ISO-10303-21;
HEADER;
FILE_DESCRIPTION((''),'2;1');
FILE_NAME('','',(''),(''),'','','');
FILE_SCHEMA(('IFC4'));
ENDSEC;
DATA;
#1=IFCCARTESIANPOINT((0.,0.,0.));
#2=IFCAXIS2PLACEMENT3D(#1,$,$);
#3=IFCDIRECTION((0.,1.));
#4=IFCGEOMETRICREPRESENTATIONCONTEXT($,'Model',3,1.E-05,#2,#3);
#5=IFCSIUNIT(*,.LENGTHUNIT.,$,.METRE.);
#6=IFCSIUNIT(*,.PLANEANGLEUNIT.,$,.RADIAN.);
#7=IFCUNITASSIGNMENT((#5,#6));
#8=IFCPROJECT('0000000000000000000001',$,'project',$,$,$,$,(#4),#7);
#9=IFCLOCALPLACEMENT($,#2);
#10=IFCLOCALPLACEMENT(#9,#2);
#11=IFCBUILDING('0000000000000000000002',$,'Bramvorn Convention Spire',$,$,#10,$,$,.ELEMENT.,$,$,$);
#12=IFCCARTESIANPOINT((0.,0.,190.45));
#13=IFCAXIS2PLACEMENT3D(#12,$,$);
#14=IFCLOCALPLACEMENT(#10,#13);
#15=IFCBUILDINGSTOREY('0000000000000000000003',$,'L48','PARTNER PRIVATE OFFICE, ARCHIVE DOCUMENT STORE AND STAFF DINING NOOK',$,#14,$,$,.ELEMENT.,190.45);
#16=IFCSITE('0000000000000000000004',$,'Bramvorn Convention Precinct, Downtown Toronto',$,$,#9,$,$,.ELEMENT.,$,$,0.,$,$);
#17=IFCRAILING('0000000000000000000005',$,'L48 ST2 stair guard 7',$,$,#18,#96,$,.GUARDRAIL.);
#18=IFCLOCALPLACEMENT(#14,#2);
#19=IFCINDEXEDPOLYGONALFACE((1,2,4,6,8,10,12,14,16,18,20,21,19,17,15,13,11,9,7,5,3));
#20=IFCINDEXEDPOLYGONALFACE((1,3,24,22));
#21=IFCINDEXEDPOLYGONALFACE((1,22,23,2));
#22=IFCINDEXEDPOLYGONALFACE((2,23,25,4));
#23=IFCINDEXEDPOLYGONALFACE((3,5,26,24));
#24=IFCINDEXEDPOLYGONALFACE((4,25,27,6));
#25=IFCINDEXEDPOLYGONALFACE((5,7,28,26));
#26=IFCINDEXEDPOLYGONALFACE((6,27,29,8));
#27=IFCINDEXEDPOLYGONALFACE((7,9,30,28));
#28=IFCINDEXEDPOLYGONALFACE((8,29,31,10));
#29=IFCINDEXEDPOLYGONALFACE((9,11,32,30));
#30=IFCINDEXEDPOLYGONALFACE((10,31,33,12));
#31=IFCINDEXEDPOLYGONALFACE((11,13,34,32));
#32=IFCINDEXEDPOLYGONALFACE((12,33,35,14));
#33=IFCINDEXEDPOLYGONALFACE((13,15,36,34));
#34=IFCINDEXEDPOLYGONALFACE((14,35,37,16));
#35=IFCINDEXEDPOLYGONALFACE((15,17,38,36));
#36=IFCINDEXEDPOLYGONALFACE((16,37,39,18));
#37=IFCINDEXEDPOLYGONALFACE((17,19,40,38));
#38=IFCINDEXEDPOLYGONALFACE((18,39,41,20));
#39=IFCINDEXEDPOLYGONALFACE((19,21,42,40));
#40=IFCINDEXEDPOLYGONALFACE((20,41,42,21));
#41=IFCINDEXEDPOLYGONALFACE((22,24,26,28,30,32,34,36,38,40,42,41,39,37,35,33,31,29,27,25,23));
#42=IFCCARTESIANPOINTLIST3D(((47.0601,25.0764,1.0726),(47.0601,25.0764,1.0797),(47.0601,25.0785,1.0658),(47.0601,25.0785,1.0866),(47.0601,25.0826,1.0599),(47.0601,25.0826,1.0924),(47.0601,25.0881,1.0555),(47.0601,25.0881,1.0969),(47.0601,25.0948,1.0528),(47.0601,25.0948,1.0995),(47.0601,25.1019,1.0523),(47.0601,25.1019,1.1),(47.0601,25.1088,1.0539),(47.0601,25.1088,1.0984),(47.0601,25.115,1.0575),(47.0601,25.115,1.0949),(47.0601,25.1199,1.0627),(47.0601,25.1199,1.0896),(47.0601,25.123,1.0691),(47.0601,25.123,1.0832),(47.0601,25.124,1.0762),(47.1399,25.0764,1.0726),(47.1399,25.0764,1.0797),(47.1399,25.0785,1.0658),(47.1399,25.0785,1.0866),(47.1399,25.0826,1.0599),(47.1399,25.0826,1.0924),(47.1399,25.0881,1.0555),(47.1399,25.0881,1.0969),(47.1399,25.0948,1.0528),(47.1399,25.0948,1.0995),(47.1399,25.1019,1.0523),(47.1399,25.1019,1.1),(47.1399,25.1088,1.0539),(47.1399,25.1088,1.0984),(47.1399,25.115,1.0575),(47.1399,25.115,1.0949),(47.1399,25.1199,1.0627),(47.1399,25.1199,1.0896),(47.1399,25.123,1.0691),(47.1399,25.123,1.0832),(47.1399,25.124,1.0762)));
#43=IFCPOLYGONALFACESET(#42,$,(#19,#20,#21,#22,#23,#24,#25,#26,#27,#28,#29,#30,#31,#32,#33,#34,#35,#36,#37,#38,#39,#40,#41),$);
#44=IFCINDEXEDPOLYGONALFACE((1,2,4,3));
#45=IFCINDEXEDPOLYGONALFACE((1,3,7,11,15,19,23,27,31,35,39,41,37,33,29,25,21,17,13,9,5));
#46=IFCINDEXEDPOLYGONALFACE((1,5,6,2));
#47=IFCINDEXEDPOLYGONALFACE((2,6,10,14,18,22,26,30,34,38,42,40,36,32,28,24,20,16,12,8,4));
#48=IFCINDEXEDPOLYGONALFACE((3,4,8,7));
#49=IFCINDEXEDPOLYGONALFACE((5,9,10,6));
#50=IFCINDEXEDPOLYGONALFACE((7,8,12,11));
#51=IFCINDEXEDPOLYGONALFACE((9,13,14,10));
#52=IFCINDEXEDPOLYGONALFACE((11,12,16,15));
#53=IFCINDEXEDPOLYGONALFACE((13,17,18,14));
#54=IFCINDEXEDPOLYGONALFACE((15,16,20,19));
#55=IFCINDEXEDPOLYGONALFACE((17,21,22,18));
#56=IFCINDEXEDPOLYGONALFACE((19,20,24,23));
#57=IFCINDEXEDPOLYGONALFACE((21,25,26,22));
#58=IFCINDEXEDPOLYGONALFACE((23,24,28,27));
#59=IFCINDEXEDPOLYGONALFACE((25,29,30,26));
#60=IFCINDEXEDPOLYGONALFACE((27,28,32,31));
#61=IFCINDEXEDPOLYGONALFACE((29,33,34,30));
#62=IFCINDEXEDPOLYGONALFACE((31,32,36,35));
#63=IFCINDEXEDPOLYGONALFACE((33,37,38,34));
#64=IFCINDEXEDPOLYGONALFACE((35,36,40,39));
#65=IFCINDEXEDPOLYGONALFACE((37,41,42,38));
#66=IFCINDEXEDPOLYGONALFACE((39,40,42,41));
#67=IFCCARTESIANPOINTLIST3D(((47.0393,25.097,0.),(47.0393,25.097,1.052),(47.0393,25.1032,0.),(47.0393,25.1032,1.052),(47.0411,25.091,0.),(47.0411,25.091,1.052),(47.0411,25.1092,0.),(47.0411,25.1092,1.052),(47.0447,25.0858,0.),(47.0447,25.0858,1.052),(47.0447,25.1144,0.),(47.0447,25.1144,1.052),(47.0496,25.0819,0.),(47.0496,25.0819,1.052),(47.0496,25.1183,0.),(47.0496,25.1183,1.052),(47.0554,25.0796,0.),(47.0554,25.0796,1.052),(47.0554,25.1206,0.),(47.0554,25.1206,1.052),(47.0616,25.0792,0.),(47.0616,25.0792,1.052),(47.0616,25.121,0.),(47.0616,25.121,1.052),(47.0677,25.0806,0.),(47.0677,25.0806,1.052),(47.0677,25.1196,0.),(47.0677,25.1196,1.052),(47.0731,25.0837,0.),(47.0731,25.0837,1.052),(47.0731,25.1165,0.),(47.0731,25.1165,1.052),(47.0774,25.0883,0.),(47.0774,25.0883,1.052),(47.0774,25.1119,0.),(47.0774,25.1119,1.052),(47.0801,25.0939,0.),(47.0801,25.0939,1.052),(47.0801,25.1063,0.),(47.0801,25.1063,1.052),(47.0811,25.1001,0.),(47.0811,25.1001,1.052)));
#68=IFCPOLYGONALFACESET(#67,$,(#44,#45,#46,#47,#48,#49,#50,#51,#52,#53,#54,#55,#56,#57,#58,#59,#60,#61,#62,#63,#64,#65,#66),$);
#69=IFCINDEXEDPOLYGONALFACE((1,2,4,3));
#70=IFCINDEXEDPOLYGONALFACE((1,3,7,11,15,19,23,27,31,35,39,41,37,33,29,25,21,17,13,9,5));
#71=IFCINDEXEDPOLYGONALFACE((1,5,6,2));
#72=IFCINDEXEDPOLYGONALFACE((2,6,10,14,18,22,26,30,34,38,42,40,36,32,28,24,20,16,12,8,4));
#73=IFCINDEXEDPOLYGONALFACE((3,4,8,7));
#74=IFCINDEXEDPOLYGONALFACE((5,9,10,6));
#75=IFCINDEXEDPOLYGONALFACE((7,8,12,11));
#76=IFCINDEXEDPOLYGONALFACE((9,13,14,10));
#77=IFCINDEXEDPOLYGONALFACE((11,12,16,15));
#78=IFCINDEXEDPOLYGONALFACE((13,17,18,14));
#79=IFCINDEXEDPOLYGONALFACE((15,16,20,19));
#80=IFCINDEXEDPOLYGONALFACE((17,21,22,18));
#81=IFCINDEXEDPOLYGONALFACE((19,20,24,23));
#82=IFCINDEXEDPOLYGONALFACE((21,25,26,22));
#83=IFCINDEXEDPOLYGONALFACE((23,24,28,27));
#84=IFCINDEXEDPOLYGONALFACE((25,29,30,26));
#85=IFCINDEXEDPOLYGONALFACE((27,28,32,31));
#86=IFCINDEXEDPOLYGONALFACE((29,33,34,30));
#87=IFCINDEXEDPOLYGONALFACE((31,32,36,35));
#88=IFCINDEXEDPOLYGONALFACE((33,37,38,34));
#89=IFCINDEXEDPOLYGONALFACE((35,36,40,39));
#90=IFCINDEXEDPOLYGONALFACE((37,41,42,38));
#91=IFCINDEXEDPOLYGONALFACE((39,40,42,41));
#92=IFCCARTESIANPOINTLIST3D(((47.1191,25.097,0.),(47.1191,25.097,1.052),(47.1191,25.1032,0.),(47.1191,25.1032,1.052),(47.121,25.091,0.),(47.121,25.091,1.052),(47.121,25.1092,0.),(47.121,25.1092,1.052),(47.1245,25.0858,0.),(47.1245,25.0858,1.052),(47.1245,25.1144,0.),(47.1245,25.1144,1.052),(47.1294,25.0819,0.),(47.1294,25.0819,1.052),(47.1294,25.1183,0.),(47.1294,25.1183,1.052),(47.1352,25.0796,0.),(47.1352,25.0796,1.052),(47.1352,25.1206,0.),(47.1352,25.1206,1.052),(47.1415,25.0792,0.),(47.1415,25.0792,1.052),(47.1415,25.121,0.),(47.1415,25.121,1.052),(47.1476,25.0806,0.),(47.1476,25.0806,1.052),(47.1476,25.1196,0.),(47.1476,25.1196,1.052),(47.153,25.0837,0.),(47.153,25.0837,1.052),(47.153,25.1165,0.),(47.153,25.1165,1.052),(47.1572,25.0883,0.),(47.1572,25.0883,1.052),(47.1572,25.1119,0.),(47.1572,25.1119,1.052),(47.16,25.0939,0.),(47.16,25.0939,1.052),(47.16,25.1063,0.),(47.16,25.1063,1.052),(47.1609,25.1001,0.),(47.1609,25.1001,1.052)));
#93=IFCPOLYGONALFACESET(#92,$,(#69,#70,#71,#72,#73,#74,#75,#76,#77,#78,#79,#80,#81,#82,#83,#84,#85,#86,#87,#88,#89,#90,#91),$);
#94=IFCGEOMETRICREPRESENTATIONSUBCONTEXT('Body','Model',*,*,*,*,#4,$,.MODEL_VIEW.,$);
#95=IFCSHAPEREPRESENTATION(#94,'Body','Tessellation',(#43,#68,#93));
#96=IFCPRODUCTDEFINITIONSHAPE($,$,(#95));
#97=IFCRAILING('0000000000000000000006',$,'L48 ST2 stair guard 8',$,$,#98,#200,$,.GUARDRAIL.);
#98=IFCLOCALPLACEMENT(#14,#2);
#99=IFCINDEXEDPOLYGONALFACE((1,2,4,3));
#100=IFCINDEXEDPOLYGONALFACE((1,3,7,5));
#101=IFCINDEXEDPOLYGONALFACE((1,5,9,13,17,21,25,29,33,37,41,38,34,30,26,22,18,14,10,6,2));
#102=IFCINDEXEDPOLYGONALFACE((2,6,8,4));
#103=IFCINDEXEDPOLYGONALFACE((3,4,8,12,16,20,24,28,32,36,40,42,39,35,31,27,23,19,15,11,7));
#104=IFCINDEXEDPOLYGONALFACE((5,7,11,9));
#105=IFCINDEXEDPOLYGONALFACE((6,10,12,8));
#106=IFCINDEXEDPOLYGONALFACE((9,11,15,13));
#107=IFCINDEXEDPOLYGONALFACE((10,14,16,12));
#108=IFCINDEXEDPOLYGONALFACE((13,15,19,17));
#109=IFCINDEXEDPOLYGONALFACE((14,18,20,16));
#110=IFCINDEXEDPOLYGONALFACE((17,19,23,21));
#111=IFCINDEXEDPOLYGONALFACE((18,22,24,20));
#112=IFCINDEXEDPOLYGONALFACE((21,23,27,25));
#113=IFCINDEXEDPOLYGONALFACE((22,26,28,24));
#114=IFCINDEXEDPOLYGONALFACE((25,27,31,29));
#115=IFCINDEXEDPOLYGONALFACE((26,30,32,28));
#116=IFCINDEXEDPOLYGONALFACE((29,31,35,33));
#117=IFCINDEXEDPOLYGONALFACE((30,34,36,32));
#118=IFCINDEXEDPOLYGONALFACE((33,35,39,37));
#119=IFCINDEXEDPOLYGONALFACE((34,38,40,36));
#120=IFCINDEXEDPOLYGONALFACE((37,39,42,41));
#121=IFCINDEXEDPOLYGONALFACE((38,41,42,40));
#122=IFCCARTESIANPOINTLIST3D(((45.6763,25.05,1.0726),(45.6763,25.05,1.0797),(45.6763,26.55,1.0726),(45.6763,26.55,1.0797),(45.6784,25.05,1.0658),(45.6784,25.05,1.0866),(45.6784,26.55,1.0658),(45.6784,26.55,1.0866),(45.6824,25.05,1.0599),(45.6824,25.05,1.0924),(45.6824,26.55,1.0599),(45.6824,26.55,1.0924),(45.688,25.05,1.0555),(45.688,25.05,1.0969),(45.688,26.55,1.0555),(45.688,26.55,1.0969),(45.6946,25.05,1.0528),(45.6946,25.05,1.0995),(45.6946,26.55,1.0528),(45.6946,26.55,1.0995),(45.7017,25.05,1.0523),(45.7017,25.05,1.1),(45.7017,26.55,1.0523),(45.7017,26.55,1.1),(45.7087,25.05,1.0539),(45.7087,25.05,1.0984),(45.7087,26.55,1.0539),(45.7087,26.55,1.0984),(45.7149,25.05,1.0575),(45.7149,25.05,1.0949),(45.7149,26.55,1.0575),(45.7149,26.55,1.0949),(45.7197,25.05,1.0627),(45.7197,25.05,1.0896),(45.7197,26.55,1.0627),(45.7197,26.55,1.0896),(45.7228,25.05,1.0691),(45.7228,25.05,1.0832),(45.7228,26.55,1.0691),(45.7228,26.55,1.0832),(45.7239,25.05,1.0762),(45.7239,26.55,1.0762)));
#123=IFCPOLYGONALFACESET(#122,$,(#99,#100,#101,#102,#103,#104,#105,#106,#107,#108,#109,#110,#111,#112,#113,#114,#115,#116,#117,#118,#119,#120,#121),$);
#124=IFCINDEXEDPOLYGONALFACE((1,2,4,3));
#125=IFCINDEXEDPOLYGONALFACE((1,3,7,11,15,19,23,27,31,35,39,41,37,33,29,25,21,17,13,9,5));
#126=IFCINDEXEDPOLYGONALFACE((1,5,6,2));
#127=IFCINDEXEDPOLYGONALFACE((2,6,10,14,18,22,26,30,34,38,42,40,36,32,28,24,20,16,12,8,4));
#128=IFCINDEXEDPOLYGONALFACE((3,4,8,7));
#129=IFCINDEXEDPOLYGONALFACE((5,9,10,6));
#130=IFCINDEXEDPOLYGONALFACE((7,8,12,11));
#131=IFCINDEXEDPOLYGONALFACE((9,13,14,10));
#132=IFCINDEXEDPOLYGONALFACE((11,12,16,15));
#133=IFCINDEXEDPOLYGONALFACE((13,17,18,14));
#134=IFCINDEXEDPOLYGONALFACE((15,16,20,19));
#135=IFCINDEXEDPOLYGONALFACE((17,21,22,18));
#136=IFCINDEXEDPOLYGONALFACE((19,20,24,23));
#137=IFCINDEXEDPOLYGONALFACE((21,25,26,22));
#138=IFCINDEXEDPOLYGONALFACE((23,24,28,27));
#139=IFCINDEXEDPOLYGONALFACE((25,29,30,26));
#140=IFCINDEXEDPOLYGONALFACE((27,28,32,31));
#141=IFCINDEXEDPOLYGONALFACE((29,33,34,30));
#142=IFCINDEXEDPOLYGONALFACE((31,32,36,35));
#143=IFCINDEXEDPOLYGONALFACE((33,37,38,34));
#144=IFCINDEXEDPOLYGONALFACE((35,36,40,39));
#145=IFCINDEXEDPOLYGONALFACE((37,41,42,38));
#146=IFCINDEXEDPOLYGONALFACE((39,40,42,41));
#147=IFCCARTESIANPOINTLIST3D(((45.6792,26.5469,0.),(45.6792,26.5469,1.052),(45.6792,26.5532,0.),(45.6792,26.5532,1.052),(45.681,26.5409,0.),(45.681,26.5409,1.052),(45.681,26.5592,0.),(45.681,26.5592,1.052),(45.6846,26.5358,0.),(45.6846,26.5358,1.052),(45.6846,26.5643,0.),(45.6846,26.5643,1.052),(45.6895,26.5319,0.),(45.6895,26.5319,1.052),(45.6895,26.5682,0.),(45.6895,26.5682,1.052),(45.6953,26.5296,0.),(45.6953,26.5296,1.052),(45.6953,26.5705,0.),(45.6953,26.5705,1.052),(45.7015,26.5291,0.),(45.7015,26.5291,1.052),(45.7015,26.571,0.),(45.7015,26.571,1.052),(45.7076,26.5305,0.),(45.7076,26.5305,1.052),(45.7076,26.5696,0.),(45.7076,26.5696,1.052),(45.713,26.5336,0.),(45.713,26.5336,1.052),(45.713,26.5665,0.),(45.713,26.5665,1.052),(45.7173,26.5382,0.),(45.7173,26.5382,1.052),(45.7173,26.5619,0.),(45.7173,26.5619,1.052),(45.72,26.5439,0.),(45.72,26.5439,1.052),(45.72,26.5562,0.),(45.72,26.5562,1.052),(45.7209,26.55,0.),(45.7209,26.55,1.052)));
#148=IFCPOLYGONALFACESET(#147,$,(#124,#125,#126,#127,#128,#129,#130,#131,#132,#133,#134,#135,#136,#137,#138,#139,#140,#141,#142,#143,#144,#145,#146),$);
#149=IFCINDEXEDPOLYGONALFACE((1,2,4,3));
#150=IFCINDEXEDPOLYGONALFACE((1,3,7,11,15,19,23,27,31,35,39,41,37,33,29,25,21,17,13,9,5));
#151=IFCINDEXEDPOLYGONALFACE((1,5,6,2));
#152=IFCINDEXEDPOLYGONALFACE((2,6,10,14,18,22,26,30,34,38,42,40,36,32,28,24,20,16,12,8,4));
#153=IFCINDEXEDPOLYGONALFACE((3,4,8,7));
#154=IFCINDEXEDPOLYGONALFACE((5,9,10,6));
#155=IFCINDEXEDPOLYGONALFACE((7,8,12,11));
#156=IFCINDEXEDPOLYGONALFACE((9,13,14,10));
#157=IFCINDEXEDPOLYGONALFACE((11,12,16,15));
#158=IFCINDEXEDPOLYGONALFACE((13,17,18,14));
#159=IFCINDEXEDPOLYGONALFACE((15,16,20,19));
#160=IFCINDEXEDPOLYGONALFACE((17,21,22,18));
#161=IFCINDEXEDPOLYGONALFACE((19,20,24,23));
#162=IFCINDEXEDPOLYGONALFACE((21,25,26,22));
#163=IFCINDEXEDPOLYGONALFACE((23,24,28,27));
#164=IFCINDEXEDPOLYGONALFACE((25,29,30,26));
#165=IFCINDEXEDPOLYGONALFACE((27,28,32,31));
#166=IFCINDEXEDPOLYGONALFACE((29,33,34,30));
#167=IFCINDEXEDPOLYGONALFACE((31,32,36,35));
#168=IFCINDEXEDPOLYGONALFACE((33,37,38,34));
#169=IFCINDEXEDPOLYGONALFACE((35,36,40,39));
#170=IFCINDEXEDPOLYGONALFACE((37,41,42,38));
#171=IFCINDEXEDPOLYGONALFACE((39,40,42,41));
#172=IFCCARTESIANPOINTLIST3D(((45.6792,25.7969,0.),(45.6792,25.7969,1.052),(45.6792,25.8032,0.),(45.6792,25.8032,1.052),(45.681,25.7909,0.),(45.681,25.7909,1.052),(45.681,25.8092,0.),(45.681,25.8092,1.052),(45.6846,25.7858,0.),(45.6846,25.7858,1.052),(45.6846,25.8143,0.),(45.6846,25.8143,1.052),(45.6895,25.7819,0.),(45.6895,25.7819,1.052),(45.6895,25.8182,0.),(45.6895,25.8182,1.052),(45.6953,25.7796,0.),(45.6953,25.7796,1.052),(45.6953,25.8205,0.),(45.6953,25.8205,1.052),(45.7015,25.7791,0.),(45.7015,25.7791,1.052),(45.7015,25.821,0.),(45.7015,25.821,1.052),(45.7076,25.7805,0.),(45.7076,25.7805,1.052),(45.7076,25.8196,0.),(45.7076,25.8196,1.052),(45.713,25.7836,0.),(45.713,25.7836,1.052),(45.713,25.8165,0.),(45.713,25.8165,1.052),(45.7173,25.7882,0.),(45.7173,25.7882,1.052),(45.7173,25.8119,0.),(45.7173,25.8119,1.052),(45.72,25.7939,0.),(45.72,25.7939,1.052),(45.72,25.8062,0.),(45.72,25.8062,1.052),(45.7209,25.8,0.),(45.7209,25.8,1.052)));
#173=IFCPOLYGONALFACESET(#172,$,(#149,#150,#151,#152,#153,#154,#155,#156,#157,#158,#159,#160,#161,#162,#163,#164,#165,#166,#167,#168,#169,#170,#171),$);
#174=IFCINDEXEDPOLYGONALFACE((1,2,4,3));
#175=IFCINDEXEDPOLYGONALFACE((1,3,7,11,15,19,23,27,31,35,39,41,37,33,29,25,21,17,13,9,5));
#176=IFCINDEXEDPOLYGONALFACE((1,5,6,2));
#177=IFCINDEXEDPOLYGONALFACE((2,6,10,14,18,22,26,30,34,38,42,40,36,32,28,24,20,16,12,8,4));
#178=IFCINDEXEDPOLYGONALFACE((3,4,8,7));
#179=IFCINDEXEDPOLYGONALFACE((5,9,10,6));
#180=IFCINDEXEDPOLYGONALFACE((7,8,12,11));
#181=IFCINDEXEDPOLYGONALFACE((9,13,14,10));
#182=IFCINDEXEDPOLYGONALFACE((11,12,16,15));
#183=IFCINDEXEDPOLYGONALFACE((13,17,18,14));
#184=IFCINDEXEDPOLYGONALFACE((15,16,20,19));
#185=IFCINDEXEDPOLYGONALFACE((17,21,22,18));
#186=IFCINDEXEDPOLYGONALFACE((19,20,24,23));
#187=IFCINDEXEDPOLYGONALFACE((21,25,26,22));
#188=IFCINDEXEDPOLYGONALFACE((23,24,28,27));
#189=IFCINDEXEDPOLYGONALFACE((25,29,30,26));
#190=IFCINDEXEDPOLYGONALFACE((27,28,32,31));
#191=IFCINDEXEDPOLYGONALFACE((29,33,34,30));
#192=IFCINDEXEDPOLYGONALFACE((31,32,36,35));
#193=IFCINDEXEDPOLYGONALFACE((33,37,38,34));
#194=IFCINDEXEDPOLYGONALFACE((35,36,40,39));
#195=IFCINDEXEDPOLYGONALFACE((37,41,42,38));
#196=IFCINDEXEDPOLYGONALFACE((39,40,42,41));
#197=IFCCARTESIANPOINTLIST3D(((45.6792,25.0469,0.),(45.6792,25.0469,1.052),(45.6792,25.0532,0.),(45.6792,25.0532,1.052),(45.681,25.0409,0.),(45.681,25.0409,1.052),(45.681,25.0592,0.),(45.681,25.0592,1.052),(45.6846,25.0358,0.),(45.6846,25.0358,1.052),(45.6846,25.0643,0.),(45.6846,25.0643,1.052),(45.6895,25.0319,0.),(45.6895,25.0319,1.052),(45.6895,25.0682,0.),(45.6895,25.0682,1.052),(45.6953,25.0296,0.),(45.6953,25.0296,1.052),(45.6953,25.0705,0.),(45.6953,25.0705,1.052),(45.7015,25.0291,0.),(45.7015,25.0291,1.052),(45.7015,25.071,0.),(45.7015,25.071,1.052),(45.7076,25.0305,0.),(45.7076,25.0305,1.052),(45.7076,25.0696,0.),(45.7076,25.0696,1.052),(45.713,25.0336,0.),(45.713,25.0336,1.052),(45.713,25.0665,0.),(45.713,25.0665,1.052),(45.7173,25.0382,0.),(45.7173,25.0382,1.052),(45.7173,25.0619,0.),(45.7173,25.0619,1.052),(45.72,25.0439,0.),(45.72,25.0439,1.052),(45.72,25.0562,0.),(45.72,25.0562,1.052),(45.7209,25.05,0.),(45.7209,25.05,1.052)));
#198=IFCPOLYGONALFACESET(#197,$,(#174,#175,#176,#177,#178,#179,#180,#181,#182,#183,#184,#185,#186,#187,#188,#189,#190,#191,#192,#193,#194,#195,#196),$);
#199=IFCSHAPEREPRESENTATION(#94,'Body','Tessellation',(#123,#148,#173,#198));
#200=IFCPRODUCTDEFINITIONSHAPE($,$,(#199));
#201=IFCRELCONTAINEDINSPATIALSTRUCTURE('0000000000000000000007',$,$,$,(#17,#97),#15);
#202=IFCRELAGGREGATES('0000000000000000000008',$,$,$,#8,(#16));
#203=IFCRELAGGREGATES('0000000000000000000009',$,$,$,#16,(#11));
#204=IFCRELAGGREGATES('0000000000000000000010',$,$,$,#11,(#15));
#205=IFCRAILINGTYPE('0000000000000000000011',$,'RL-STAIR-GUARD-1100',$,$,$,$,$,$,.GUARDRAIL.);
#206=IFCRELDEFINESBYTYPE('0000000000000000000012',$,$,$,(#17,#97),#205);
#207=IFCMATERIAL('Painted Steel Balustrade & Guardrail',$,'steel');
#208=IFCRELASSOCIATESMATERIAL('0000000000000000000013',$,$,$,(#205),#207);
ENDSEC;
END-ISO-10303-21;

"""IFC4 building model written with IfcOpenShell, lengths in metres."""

from ifc_helpers import new_model, si_unit, direction, frame, origin, origin_2d, place, context, subcontext, project, spatial, circle, extrude, material, type_object, element, save


model = new_model("IFC4")

# Units and contexts
model_context = context("Model", 3, precision=1e-05, world=origin(), true_north=direction((0.0, 1.0)))
body_context = subcontext(model_context, "Body", "Model", "MODEL_VIEW")
ifc_project = project(units=[si_unit("LENGTHUNIT", "METRE"), si_unit("PLANEANGLEUNIT", "RADIAN")], contexts=[model_context])

# Site, building, storey
site_placement = place(None, origin())
site = spatial("IfcSite", under=ifc_project, at=site_placement, Name="Bramvorn Convention Precinct, Downtown Toronto", CompositionType="ELEMENT", RefElevation=0.0)
building_placement = place(site_placement, origin())
building = spatial("IfcBuilding", under=site, at=building_placement, Name="Bramvorn Convention Spire", CompositionType="ELEMENT")
storey_placement = place(building_placement, frame((0.0, 0.0, 190.45)))
storey = spatial("IfcBuildingStorey", under=building, at=storey_placement, Name="L48", Description="PARTNER PRIVATE OFFICE, ARCHIVE DOCUMENT STORE AND STAFF DINING NOOK", CompositionType="ELEMENT", Elevation=190.45)

# Railings
ifc_material_1 = material(Name="Painted Steel Balustrade & Guardrail", Category="steel")
railing_type_1 = type_object("IfcRailingType", Name="RL-STAIR-GUARD-1100", PredefinedType="GUARDRAIL", material=ifc_material_1)
railing_1_placement = place(storey_placement, frame((47.0601, 25.1001, 0.0)))
element("IfcRailing", 1, at=railing_1_placement, inside=storey, type_object=railing_type_1, Name="L48 ST2 stair guard 7", PredefinedType="GUARDRAIL", context=body_context, shape_type="SweptSolid", body=[
    extrude(circle(Radius=0.0239, at=origin_2d()), frame((0.0, 0.0, 1.0762), z_axis=(1.0, 0.0, 0.0), x_axis=(0.0, 1.0, 0.0)), (0.0, 0.0, 1.0), 0.0798),
    extrude(circle(Radius=0.021, at=origin_2d()), origin(), (0.0, 0.0, 1.0), 1.052),
    extrude(circle(Radius=0.021, at=origin_2d()), frame((0.0798, 0.0, 0.0)), (0.0, 0.0, 1.0), 1.052),
])
for number, where, name in (
    (2, (45.7, 26.55, 0.0), "L48 ST2 stair guard 8"),
):
    element("IfcRailing", number, at=place(storey_placement, frame(where)), inside=storey, type_object=railing_type_1, Name=name, PredefinedType="GUARDRAIL", context=body_context, shape_type="SweptSolid", body=[
        extrude(circle(Radius=0.0239, at=origin_2d()), frame((0.0, 0.0, 1.0762), z_axis=(0.0, -1.0, 0.0), x_axis=(1.0, 0.0, 0.0)), (0.0, 0.0, 1.0), 1.5),
        extrude(circle(Radius=0.021, at=origin_2d()), origin(), (0.0, 0.0, 1.0), 1.052),
        extrude(circle(Radius=0.021, at=origin_2d()), frame((0.0, -0.75, 0.0)), (0.0, 0.0, 1.0), 1.052),
        extrude(circle(Radius=0.021, at=origin_2d()), frame((0.0, -1.5, 0.0)), (0.0, 0.0, 1.0), 1.052),
    ])

save(model, "model.ifc")
